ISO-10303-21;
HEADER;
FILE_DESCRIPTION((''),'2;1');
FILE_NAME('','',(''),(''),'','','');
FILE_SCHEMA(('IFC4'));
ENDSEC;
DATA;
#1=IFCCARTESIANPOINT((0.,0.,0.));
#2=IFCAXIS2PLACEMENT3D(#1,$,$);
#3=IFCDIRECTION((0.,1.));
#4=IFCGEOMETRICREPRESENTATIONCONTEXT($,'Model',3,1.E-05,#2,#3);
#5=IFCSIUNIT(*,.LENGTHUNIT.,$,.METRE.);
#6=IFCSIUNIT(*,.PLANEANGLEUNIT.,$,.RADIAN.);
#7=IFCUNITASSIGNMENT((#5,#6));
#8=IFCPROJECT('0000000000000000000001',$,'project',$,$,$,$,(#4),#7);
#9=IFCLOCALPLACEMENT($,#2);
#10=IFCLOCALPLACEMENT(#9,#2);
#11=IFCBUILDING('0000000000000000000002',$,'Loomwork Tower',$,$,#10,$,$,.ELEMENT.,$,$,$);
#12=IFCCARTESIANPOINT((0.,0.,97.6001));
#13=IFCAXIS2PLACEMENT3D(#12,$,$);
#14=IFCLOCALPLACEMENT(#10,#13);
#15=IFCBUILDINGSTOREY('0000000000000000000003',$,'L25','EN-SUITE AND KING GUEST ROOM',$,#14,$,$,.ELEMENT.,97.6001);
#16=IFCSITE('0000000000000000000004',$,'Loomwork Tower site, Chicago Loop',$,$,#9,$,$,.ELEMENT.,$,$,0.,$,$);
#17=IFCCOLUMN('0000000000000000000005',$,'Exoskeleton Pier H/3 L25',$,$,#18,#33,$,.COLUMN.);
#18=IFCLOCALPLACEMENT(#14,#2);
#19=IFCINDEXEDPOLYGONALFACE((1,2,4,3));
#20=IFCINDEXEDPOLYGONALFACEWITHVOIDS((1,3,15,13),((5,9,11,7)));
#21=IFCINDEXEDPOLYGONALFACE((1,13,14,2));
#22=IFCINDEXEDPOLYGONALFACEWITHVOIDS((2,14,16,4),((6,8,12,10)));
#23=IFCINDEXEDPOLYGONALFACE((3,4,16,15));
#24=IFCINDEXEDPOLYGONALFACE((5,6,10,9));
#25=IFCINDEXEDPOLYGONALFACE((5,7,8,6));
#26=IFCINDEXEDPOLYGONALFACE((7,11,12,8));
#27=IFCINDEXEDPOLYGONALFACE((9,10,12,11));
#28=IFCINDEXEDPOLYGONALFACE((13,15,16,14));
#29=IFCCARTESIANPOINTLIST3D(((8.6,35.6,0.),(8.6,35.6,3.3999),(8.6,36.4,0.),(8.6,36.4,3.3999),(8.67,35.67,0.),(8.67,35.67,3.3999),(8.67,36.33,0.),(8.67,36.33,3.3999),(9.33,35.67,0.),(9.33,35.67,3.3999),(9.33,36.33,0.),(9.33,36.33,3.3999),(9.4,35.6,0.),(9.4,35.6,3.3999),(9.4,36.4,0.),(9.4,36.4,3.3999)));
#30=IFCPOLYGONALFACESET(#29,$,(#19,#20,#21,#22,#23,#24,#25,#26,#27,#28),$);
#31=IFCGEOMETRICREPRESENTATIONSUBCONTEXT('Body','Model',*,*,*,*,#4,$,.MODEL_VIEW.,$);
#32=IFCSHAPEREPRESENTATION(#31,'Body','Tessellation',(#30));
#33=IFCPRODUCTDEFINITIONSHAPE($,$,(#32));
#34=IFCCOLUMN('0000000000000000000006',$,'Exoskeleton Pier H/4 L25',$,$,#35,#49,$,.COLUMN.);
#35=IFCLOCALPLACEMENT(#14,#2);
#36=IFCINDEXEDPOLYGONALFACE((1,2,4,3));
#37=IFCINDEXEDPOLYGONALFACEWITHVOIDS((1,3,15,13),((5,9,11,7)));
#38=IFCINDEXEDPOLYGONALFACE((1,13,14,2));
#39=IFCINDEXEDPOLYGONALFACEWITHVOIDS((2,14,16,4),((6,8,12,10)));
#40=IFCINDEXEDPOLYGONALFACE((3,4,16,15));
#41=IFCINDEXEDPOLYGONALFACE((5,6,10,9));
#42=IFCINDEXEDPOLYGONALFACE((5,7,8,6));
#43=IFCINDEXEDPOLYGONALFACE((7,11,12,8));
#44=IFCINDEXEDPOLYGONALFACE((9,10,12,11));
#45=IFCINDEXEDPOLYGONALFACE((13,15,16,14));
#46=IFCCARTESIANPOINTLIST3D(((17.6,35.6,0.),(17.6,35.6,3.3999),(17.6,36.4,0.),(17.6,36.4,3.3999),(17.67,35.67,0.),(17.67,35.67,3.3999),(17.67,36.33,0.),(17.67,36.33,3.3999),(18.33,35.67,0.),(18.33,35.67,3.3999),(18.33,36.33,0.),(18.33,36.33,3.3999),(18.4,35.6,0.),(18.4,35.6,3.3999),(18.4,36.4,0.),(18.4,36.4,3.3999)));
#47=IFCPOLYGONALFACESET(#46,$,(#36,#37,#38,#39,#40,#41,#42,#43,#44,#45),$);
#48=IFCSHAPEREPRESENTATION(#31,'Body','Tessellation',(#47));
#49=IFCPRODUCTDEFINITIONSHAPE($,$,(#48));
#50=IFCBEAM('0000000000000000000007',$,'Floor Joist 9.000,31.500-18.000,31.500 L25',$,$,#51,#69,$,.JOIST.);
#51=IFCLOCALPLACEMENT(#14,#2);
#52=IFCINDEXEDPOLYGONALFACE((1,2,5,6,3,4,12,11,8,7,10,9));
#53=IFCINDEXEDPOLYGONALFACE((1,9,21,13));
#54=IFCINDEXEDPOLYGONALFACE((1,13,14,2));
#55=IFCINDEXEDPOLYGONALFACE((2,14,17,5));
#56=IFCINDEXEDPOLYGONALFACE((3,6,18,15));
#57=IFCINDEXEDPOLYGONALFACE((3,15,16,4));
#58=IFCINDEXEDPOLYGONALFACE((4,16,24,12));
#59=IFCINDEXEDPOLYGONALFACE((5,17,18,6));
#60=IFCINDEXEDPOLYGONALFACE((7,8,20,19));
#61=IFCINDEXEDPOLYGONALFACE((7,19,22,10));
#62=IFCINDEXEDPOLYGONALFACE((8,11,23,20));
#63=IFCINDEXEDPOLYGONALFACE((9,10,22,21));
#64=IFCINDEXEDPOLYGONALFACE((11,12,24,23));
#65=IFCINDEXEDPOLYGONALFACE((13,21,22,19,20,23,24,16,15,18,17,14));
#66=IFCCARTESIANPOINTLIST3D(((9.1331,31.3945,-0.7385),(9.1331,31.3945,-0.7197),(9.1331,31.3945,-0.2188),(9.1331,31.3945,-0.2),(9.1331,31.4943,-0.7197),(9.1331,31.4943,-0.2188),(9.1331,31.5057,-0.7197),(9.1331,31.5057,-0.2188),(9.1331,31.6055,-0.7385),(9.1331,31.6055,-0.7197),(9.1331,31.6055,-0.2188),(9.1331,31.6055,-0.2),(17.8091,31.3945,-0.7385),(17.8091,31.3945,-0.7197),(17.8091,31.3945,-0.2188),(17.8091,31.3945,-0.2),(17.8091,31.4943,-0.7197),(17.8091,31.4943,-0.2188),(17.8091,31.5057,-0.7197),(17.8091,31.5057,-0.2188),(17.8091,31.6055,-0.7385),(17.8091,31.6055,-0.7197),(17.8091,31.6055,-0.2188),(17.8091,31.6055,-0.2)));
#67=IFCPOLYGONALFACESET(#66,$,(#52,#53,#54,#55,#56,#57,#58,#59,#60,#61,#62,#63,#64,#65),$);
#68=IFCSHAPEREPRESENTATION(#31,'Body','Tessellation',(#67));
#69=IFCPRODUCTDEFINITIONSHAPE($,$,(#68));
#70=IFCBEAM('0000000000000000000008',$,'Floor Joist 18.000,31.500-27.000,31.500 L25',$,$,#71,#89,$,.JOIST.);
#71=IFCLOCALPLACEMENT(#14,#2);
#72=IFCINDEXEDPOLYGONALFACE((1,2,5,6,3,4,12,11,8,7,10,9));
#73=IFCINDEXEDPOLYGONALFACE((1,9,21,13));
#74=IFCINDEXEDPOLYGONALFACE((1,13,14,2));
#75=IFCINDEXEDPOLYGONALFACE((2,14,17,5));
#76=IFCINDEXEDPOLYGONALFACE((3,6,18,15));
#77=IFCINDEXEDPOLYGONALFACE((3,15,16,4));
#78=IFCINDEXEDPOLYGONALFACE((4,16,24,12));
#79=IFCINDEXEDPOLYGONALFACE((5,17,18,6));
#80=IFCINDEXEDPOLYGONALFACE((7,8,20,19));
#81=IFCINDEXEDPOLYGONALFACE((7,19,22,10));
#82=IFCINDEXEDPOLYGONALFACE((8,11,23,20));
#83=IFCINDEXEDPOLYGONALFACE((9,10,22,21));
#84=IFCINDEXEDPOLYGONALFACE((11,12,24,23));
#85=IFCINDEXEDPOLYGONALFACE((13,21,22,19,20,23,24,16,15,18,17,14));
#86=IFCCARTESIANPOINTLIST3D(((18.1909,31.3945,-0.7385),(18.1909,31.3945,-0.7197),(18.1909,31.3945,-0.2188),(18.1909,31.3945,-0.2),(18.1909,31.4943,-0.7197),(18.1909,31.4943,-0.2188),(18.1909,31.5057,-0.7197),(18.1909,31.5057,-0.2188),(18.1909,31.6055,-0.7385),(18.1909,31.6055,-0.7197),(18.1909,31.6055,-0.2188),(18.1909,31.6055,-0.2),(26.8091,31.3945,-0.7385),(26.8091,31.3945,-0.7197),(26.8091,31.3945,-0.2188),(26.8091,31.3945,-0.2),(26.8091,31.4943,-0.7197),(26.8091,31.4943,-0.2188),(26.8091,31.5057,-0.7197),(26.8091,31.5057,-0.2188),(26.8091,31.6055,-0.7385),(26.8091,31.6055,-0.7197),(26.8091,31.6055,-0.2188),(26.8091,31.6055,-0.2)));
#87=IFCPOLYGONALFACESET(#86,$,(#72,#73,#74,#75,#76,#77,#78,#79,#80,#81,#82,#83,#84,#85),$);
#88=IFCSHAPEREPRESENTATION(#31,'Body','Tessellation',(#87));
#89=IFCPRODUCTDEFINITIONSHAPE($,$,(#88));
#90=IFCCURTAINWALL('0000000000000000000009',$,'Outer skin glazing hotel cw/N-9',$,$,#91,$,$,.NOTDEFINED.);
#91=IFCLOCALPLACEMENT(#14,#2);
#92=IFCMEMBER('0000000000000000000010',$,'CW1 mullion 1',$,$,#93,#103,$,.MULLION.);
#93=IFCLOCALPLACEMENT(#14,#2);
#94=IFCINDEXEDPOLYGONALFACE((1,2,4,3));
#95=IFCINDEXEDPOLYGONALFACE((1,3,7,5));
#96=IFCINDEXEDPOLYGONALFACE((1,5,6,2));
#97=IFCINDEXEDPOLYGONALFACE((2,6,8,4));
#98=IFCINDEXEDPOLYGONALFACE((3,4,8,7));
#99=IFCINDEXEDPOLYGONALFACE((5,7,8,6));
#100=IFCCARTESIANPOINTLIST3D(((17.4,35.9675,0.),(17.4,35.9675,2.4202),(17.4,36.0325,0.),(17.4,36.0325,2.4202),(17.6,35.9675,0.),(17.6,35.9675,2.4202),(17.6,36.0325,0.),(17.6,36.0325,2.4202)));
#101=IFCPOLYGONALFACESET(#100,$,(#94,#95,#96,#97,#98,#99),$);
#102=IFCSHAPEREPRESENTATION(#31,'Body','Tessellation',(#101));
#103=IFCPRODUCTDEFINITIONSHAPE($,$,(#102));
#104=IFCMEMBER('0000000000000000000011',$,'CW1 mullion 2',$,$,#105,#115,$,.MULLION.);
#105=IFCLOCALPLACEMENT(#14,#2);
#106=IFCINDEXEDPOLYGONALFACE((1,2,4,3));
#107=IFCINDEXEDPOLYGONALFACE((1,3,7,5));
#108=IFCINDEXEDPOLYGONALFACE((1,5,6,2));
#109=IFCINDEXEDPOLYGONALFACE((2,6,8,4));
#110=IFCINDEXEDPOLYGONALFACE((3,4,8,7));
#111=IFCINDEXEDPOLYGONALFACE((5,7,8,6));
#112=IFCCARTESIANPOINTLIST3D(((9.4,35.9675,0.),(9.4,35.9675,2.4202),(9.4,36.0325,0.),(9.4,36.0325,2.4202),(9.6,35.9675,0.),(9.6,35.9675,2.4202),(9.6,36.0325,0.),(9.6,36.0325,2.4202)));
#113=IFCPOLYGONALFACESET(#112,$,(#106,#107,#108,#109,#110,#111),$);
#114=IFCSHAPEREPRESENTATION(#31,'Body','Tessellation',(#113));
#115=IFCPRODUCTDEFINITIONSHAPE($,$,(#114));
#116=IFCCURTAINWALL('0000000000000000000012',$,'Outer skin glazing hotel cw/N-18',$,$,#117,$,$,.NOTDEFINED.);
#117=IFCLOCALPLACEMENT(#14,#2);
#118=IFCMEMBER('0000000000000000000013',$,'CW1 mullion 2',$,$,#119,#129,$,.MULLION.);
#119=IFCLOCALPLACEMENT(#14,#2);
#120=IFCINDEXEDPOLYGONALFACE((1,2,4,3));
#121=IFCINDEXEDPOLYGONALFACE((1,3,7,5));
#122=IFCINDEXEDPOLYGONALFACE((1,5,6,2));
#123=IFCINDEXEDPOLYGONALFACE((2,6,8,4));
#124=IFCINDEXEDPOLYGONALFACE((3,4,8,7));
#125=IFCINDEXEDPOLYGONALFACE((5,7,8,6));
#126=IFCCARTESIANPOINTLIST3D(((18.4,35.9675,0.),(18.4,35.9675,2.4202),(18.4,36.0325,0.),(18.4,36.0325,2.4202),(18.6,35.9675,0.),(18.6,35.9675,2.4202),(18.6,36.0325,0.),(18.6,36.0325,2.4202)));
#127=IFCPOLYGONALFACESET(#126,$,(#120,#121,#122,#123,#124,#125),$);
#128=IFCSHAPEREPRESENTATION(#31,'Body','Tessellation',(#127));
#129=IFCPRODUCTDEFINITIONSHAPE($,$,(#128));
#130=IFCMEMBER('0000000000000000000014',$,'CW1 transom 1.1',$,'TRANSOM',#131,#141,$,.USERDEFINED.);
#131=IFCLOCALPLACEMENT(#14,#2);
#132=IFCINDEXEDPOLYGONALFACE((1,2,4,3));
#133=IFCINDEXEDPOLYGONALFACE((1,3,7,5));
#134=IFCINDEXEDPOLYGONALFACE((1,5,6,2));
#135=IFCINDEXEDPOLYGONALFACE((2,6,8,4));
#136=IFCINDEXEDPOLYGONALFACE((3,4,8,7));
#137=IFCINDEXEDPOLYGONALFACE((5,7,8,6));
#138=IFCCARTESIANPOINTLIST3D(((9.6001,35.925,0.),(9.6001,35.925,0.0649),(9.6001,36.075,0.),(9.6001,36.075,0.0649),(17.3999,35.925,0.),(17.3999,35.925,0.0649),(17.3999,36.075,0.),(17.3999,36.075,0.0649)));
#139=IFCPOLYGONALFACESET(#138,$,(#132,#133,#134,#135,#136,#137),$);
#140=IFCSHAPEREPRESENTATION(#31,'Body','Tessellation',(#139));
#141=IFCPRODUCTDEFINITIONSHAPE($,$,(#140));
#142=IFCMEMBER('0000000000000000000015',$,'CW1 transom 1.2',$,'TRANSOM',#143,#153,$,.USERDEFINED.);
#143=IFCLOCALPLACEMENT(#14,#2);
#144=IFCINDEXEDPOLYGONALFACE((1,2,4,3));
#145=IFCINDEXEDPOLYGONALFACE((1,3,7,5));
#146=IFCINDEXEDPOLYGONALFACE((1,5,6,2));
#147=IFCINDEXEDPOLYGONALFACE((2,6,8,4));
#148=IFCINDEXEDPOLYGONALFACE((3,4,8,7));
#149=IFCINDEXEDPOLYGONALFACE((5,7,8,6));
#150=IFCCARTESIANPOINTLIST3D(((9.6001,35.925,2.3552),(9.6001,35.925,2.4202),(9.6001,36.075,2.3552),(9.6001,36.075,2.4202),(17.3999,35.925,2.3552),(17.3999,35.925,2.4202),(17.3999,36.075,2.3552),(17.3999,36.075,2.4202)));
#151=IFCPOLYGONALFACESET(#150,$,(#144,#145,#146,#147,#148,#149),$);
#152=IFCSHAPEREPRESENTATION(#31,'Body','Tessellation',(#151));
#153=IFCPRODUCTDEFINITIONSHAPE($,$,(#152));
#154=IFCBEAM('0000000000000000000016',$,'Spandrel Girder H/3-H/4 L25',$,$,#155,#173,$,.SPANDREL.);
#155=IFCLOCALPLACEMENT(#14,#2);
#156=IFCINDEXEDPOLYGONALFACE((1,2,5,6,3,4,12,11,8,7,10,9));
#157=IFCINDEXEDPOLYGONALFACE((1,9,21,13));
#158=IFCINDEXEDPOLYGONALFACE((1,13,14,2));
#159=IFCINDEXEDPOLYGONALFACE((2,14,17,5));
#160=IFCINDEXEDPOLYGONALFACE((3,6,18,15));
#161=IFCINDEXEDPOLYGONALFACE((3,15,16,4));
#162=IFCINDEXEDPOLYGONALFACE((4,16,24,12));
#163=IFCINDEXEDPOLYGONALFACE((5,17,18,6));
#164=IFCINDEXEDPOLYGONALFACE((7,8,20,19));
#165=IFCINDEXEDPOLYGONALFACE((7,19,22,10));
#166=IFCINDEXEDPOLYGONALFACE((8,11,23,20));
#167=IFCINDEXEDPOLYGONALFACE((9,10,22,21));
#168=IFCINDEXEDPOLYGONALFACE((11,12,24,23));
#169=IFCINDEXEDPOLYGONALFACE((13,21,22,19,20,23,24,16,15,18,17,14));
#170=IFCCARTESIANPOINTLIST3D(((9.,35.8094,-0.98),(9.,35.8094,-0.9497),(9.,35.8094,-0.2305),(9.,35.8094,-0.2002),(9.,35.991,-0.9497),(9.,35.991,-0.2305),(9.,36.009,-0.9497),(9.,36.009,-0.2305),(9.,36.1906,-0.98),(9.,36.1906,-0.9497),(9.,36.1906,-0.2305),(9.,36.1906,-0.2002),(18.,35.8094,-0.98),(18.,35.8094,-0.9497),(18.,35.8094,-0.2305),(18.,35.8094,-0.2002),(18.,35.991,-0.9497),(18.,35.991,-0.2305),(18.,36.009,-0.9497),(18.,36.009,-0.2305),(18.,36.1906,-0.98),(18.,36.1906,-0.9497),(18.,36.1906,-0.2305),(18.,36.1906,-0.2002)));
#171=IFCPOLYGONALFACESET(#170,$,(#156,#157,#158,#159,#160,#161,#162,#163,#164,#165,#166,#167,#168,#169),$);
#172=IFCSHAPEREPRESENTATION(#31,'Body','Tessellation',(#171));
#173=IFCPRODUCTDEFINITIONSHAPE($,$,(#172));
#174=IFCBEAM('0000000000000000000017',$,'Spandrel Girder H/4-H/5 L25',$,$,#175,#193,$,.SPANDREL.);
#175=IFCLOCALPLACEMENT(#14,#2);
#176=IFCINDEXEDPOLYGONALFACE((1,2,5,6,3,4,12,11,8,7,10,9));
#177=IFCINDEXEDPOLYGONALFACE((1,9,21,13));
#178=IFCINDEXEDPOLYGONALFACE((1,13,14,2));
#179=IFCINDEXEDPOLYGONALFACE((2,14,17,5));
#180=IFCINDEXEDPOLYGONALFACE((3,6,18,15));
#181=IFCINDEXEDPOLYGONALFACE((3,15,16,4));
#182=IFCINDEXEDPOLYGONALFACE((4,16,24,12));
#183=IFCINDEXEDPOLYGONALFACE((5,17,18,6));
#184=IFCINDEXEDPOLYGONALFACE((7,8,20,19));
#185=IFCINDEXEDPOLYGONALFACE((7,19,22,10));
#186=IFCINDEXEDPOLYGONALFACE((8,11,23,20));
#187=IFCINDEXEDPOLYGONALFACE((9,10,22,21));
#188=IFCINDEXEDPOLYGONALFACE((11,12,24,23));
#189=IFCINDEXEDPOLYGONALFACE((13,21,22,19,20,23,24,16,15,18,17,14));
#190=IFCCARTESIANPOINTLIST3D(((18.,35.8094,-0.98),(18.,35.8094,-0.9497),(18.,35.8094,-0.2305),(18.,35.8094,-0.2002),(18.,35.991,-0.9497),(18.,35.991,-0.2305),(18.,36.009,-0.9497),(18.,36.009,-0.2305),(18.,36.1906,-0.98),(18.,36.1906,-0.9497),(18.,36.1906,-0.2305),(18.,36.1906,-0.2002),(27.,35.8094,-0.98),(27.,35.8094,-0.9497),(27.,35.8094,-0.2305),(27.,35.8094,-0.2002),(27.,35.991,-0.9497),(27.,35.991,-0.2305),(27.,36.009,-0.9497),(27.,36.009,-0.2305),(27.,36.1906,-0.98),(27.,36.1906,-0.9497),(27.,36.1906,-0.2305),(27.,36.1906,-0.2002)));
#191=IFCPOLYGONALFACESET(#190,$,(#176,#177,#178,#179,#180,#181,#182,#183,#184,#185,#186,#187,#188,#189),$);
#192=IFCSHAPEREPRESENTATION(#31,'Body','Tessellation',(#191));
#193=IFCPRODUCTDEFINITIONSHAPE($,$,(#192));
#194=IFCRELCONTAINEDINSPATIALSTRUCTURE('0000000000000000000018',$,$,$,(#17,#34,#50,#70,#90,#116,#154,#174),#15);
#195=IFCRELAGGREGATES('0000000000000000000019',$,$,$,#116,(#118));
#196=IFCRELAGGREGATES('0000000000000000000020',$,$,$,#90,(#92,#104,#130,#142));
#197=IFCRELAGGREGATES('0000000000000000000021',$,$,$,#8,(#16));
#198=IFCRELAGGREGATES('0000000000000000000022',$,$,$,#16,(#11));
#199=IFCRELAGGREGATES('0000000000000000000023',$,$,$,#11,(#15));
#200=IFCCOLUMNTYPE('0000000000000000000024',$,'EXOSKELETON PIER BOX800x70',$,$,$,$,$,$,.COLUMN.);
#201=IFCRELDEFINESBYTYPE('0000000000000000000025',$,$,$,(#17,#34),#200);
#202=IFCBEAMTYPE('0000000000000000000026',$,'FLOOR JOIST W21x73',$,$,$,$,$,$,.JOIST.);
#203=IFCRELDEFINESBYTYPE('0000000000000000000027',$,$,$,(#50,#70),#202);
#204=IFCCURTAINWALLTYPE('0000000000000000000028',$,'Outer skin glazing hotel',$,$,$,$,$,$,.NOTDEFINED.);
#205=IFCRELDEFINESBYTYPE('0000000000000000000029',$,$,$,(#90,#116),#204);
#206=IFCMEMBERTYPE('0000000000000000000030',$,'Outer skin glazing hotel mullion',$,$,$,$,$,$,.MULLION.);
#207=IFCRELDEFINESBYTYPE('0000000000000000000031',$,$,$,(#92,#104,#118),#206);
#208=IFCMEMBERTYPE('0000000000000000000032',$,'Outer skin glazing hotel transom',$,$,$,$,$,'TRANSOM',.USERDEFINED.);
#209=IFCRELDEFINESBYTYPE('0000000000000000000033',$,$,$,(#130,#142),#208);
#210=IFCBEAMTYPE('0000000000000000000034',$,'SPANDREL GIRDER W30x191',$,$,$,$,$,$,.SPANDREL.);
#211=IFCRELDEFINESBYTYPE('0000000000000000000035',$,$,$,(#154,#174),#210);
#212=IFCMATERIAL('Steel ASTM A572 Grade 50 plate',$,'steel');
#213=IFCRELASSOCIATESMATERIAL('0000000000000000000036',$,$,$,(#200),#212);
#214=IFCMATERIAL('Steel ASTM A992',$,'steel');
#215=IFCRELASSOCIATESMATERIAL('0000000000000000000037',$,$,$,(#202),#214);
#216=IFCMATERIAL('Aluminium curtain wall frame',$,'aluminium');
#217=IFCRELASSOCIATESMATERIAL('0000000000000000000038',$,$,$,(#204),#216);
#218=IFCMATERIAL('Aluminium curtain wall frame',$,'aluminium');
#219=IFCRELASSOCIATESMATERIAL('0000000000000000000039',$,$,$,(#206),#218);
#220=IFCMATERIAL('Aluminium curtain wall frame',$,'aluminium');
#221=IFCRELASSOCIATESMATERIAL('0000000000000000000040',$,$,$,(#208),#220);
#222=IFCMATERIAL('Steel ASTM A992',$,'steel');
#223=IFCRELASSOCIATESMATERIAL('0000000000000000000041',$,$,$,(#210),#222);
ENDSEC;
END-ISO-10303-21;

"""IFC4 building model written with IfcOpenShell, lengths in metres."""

from ifc_helpers import new_model, si_unit, direction, frame, origin, origin_2d, place, context, subcontext, project, spatial, rectangle, hollow_rectangle, i_section, extrude, material, material_profile, profile_set, type_object, element, aggregate, save


model = new_model("IFC4")

# Units and contexts
model_context = context("Model", 3, precision=1e-05, world=origin(), true_north=direction((0.0, 1.0)))
body_context = subcontext(model_context, "Body", "Model", "MODEL_VIEW")
ifc_project = project(units=[si_unit("LENGTHUNIT", "METRE"), si_unit("PLANEANGLEUNIT", "RADIAN")], contexts=[model_context])

# Site, building, storey
site_placement = place(None, origin())
site = spatial("IfcSite", under=ifc_project, at=site_placement, Name="Loomwork Tower site, Chicago Loop", CompositionType="ELEMENT", RefElevation=0.0)
building_placement = place(site_placement, origin())
building = spatial("IfcBuilding", under=site, at=building_placement, Name="Loomwork Tower", CompositionType="ELEMENT")
storey_placement = place(building_placement, frame((0.0, 0.0, 97.6001)))
storey = spatial("IfcBuildingStorey", under=building, at=storey_placement, Name="L25", Description="EN-SUITE AND KING GUEST ROOM", CompositionType="ELEMENT", Elevation=97.6001)

# Columns
ifc_material_1 = material(Name="Steel ASTM A572 Grade 50 plate", Category="steel")
ifc_material_profile_1 = material_profile(ifc_material_1, hollow_rectangle(XDim=0.8, YDim=0.8, WallThickness=0.0701, at=origin_2d()), Name="BOX800x70")
ifc_profile_set_1 = profile_set([ifc_material_profile_1], Name="Steel ASTM A572 Grade 50 plate")
column_type = type_object("IfcColumnType", Name="EXOSKELETON PIER BOX800x70", PredefinedType="COLUMN", material=ifc_profile_set_1)
for number, where, z_axis, x_axis, name in (
    (1, (9.0, 36.0, 0.0), (0.0, 0.0, 1.0), (1.0, 0.0, 0.0), "Exoskeleton Pier H/3 L25"),
    (2, (18.0, 36.0, 0.0), (0.0, 0.0, 1.0), (1.0, 0.0, 0.0), "Exoskeleton Pier H/4 L25"),
):
    element("IfcColumn", number, at=place(storey_placement, frame(where, z_axis=z_axis, x_axis=x_axis)), inside=storey, type_object=column_type, Name=name, PredefinedType="COLUMN", context=body_context, shape_type="SweptSolid", body=[
        extrude(hollow_rectangle(XDim=0.8, YDim=0.8, WallThickness=0.0701, at=origin_2d()), origin(), (0.0, 0.0, 1.0), 3.3999),
    ])

# Beams
ifc_material_2 = material(Name="Steel ASTM A992", Category="steel")
ifc_material_profile_2 = material_profile(ifc_material_2, i_section(OverallWidth=0.2109, OverallDepth=0.5386, WebThickness=0.0115, FlangeThickness=0.0188, at=origin_2d()), Name="W21x73")
ifc_profile_set_2 = profile_set([ifc_material_profile_2], Name="Steel ASTM A992")
beam_type_1 = type_object("IfcBeamType", Name="FLOOR JOIST W21x73", PredefinedType="JOIST", material=ifc_profile_set_2)
beam_1_placement = place(storey_placement, frame((9.1331, 31.5, -0.4692), z_axis=(1.0, 0.0, 0.0), x_axis=(0.0, 1.0, 0.0)))
element("IfcBeam", 3, at=beam_1_placement, inside=storey, type_object=beam_type_1, Name="Floor Joist 9.000,31.500-18.000,31.500 L25", PredefinedType="JOIST", context=body_context, shape_type="SweptSolid", body=[
    extrude(i_section(OverallWidth=0.2109, OverallDepth=0.5386, WebThickness=0.0115, FlangeThickness=0.0188, at=origin_2d()), origin(), (0.0, 0.0, 1.0), 8.676),
])
beam_2_placement = place(storey_placement, frame((18.1909, 31.5, -0.4692), z_axis=(1.0, 0.0, 0.0), x_axis=(0.0, 1.0, 0.0)))
element("IfcBeam", 4, at=beam_2_placement, inside=storey, type_object=beam_type_1, Name="Floor Joist 18.000,31.500-27.000,31.500 L25", PredefinedType="JOIST", context=body_context, shape_type="SweptSolid", body=[
    extrude(i_section(OverallWidth=0.2109, OverallDepth=0.5386, WebThickness=0.0115, FlangeThickness=0.0188, at=origin_2d()), origin(), (0.0, 0.0, 1.0), 8.6182),
])

# Curtain wall, members
ifc_material_3 = material(Name="Aluminium curtain wall frame", Category="aluminium")
curtain_wall_type = type_object("IfcCurtainWallType", Name="Outer skin glazing hotel", PredefinedType="NOTDEFINED", material=ifc_material_3)
curtain_wall_1_placement = place(storey_placement, origin())
curtain_wall_1 = element("IfcCurtainWall", 5, at=curtain_wall_1_placement, inside=storey, type_object=curtain_wall_type, Name="Outer skin glazing hotel cw/N-9", PredefinedType="NOTDEFINED")
ifc_material_4 = material(Name="Aluminium curtain wall frame", Category="aluminium")
ifc_material_profile_3 = material_profile(ifc_material_4, rectangle(XDim=0.0649, YDim=0.2, at=origin_2d()), Name="AL 65x200")
ifc_profile_set_3 = profile_set([ifc_material_profile_3], Name="Aluminium curtain wall frame")
member_type_1 = type_object("IfcMemberType", Name="Outer skin glazing hotel mullion", PredefinedType="MULLION", material=ifc_profile_set_3)
member_1_placement = place(storey_placement, frame((17.5, 36.0, 0.0), z_axis=(0.0, 0.0, 1.0), x_axis=(0.0, -1.0, 0.0)))
member_1 = element("IfcMember", 6, at=member_1_placement, type_object=member_type_1, Name="CW1 mullion 1", PredefinedType="MULLION", context=body_context, shape_type="SweptSolid", body=[
    extrude(rectangle(XDim=0.0649, YDim=0.2, at=origin_2d()), origin(), (0.0, 0.0, 1.0), 2.4202),
])
member_2_placement = place(storey_placement, frame((9.5, 36.0, 0.0), z_axis=(0.0, 0.0, 1.0), x_axis=(0.0, -1.0, 0.0)))
member_2 = element("IfcMember", 7, at=member_2_placement, type_object=member_type_1, Name="CW1 mullion 2", PredefinedType="MULLION", context=body_context, shape_type="SweptSolid", body=[
    extrude(rectangle(XDim=0.0649, YDim=0.2, at=origin_2d()), origin(), (0.0, 0.0, 1.0), 2.4202),
])

# Curtain wall, member
curtain_wall_2_placement = place(storey_placement, origin())
curtain_wall_2 = element("IfcCurtainWall", 8, at=curtain_wall_2_placement, inside=storey, type_object=curtain_wall_type, Name="Outer skin glazing hotel cw/N-18", PredefinedType="NOTDEFINED")
member_3_placement = place(storey_placement, frame((18.5, 36.0, 0.0), z_axis=(0.0, 0.0, 1.0), x_axis=(0.0, -1.0, 0.0)))
member_3 = element("IfcMember", 9, at=member_3_placement, type_object=member_type_1, Name="CW1 mullion 2", PredefinedType="MULLION", context=body_context, shape_type="SweptSolid", body=[
    extrude(rectangle(XDim=0.0649, YDim=0.2, at=origin_2d()), origin(), (0.0, 0.0, 1.0), 2.4202),
])
aggregate(curtain_wall_2, [member_3])

# Members
ifc_material_5 = material(Name="Aluminium curtain wall frame", Category="aluminium")
ifc_material_profile_4 = material_profile(ifc_material_5, rectangle(XDim=0.1499, YDim=0.0649, at=origin_2d()), Name="AL 65x150")
ifc_profile_set_4 = profile_set([ifc_material_profile_4], Name="Aluminium curtain wall frame")
member_type_2 = type_object("IfcMemberType", Name="Outer skin glazing hotel transom", ElementType="TRANSOM", PredefinedType="USERDEFINED", material=ifc_profile_set_4)
member_4_placement = place(storey_placement, frame((17.3999, 36.0, 0.0325), z_axis=(-1.0, 0.0, 0.0), x_axis=(0.0, -1.0, 0.0)))
member_4 = element("IfcMember", 10, at=member_4_placement, type_object=member_type_2, Name="CW1 transom 1.1", ObjectType="TRANSOM", PredefinedType="USERDEFINED", context=body_context, shape_type="SweptSolid", body=[
    extrude(rectangle(XDim=0.1499, YDim=0.0649, at=origin_2d()), origin(), (0.0, 0.0, 1.0), 7.7998),
])
member_5_placement = place(storey_placement, frame((17.3999, 36.0, 2.3877), z_axis=(-1.0, 0.0, 0.0), x_axis=(0.0, -1.0, 0.0)))
member_5 = element("IfcMember", 11, at=member_5_placement, type_object=member_type_2, Name="CW1 transom 1.2", ObjectType="TRANSOM", PredefinedType="USERDEFINED", context=body_context, shape_type="SweptSolid", body=[
    extrude(rectangle(XDim=0.1499, YDim=0.0649, at=origin_2d()), origin(), (0.0, 0.0, 1.0), 7.7998),
])

# Beams
ifc_material_6 = material(Name="Steel ASTM A992", Category="steel")
ifc_material_profile_5 = material_profile(ifc_material_6, i_section(OverallWidth=0.3811, OverallDepth=0.7798, WebThickness=0.0181, FlangeThickness=0.0303, at=origin_2d()), Name="W30x191")
ifc_profile_set_5 = profile_set([ifc_material_profile_5], Name="Steel ASTM A992")
beam_type_2 = type_object("IfcBeamType", Name="SPANDREL GIRDER W30x191", PredefinedType="SPANDREL", material=ifc_profile_set_5)
for number, where, z_axis, x_axis, name in (
    (12, (9.0, 36.0, -0.5901), (1.0, 0.0, 0.0), (0.0, 1.0, 0.0), "Spandrel Girder H/3-H/4 L25"),
    (13, (18.0, 36.0, -0.5901), (1.0, 0.0, 0.0), (0.0, 1.0, 0.0), "Spandrel Girder H/4-H/5 L25"),
):
    element("IfcBeam", number, at=place(storey_placement, frame(where, z_axis=z_axis, x_axis=x_axis)), inside=storey, type_object=beam_type_2, Name=name, PredefinedType="SPANDREL", context=body_context, shape_type="SweptSolid", body=[
        extrude(i_section(OverallWidth=0.3811, OverallDepth=0.7798, WebThickness=0.0181, FlangeThickness=0.0303, at=origin_2d()), origin(), (0.0, 0.0, 1.0), 9.0),
    ])

aggregate(curtain_wall_1, [member_1, member_2, member_4, member_5])

save(model, "model.ifc")
